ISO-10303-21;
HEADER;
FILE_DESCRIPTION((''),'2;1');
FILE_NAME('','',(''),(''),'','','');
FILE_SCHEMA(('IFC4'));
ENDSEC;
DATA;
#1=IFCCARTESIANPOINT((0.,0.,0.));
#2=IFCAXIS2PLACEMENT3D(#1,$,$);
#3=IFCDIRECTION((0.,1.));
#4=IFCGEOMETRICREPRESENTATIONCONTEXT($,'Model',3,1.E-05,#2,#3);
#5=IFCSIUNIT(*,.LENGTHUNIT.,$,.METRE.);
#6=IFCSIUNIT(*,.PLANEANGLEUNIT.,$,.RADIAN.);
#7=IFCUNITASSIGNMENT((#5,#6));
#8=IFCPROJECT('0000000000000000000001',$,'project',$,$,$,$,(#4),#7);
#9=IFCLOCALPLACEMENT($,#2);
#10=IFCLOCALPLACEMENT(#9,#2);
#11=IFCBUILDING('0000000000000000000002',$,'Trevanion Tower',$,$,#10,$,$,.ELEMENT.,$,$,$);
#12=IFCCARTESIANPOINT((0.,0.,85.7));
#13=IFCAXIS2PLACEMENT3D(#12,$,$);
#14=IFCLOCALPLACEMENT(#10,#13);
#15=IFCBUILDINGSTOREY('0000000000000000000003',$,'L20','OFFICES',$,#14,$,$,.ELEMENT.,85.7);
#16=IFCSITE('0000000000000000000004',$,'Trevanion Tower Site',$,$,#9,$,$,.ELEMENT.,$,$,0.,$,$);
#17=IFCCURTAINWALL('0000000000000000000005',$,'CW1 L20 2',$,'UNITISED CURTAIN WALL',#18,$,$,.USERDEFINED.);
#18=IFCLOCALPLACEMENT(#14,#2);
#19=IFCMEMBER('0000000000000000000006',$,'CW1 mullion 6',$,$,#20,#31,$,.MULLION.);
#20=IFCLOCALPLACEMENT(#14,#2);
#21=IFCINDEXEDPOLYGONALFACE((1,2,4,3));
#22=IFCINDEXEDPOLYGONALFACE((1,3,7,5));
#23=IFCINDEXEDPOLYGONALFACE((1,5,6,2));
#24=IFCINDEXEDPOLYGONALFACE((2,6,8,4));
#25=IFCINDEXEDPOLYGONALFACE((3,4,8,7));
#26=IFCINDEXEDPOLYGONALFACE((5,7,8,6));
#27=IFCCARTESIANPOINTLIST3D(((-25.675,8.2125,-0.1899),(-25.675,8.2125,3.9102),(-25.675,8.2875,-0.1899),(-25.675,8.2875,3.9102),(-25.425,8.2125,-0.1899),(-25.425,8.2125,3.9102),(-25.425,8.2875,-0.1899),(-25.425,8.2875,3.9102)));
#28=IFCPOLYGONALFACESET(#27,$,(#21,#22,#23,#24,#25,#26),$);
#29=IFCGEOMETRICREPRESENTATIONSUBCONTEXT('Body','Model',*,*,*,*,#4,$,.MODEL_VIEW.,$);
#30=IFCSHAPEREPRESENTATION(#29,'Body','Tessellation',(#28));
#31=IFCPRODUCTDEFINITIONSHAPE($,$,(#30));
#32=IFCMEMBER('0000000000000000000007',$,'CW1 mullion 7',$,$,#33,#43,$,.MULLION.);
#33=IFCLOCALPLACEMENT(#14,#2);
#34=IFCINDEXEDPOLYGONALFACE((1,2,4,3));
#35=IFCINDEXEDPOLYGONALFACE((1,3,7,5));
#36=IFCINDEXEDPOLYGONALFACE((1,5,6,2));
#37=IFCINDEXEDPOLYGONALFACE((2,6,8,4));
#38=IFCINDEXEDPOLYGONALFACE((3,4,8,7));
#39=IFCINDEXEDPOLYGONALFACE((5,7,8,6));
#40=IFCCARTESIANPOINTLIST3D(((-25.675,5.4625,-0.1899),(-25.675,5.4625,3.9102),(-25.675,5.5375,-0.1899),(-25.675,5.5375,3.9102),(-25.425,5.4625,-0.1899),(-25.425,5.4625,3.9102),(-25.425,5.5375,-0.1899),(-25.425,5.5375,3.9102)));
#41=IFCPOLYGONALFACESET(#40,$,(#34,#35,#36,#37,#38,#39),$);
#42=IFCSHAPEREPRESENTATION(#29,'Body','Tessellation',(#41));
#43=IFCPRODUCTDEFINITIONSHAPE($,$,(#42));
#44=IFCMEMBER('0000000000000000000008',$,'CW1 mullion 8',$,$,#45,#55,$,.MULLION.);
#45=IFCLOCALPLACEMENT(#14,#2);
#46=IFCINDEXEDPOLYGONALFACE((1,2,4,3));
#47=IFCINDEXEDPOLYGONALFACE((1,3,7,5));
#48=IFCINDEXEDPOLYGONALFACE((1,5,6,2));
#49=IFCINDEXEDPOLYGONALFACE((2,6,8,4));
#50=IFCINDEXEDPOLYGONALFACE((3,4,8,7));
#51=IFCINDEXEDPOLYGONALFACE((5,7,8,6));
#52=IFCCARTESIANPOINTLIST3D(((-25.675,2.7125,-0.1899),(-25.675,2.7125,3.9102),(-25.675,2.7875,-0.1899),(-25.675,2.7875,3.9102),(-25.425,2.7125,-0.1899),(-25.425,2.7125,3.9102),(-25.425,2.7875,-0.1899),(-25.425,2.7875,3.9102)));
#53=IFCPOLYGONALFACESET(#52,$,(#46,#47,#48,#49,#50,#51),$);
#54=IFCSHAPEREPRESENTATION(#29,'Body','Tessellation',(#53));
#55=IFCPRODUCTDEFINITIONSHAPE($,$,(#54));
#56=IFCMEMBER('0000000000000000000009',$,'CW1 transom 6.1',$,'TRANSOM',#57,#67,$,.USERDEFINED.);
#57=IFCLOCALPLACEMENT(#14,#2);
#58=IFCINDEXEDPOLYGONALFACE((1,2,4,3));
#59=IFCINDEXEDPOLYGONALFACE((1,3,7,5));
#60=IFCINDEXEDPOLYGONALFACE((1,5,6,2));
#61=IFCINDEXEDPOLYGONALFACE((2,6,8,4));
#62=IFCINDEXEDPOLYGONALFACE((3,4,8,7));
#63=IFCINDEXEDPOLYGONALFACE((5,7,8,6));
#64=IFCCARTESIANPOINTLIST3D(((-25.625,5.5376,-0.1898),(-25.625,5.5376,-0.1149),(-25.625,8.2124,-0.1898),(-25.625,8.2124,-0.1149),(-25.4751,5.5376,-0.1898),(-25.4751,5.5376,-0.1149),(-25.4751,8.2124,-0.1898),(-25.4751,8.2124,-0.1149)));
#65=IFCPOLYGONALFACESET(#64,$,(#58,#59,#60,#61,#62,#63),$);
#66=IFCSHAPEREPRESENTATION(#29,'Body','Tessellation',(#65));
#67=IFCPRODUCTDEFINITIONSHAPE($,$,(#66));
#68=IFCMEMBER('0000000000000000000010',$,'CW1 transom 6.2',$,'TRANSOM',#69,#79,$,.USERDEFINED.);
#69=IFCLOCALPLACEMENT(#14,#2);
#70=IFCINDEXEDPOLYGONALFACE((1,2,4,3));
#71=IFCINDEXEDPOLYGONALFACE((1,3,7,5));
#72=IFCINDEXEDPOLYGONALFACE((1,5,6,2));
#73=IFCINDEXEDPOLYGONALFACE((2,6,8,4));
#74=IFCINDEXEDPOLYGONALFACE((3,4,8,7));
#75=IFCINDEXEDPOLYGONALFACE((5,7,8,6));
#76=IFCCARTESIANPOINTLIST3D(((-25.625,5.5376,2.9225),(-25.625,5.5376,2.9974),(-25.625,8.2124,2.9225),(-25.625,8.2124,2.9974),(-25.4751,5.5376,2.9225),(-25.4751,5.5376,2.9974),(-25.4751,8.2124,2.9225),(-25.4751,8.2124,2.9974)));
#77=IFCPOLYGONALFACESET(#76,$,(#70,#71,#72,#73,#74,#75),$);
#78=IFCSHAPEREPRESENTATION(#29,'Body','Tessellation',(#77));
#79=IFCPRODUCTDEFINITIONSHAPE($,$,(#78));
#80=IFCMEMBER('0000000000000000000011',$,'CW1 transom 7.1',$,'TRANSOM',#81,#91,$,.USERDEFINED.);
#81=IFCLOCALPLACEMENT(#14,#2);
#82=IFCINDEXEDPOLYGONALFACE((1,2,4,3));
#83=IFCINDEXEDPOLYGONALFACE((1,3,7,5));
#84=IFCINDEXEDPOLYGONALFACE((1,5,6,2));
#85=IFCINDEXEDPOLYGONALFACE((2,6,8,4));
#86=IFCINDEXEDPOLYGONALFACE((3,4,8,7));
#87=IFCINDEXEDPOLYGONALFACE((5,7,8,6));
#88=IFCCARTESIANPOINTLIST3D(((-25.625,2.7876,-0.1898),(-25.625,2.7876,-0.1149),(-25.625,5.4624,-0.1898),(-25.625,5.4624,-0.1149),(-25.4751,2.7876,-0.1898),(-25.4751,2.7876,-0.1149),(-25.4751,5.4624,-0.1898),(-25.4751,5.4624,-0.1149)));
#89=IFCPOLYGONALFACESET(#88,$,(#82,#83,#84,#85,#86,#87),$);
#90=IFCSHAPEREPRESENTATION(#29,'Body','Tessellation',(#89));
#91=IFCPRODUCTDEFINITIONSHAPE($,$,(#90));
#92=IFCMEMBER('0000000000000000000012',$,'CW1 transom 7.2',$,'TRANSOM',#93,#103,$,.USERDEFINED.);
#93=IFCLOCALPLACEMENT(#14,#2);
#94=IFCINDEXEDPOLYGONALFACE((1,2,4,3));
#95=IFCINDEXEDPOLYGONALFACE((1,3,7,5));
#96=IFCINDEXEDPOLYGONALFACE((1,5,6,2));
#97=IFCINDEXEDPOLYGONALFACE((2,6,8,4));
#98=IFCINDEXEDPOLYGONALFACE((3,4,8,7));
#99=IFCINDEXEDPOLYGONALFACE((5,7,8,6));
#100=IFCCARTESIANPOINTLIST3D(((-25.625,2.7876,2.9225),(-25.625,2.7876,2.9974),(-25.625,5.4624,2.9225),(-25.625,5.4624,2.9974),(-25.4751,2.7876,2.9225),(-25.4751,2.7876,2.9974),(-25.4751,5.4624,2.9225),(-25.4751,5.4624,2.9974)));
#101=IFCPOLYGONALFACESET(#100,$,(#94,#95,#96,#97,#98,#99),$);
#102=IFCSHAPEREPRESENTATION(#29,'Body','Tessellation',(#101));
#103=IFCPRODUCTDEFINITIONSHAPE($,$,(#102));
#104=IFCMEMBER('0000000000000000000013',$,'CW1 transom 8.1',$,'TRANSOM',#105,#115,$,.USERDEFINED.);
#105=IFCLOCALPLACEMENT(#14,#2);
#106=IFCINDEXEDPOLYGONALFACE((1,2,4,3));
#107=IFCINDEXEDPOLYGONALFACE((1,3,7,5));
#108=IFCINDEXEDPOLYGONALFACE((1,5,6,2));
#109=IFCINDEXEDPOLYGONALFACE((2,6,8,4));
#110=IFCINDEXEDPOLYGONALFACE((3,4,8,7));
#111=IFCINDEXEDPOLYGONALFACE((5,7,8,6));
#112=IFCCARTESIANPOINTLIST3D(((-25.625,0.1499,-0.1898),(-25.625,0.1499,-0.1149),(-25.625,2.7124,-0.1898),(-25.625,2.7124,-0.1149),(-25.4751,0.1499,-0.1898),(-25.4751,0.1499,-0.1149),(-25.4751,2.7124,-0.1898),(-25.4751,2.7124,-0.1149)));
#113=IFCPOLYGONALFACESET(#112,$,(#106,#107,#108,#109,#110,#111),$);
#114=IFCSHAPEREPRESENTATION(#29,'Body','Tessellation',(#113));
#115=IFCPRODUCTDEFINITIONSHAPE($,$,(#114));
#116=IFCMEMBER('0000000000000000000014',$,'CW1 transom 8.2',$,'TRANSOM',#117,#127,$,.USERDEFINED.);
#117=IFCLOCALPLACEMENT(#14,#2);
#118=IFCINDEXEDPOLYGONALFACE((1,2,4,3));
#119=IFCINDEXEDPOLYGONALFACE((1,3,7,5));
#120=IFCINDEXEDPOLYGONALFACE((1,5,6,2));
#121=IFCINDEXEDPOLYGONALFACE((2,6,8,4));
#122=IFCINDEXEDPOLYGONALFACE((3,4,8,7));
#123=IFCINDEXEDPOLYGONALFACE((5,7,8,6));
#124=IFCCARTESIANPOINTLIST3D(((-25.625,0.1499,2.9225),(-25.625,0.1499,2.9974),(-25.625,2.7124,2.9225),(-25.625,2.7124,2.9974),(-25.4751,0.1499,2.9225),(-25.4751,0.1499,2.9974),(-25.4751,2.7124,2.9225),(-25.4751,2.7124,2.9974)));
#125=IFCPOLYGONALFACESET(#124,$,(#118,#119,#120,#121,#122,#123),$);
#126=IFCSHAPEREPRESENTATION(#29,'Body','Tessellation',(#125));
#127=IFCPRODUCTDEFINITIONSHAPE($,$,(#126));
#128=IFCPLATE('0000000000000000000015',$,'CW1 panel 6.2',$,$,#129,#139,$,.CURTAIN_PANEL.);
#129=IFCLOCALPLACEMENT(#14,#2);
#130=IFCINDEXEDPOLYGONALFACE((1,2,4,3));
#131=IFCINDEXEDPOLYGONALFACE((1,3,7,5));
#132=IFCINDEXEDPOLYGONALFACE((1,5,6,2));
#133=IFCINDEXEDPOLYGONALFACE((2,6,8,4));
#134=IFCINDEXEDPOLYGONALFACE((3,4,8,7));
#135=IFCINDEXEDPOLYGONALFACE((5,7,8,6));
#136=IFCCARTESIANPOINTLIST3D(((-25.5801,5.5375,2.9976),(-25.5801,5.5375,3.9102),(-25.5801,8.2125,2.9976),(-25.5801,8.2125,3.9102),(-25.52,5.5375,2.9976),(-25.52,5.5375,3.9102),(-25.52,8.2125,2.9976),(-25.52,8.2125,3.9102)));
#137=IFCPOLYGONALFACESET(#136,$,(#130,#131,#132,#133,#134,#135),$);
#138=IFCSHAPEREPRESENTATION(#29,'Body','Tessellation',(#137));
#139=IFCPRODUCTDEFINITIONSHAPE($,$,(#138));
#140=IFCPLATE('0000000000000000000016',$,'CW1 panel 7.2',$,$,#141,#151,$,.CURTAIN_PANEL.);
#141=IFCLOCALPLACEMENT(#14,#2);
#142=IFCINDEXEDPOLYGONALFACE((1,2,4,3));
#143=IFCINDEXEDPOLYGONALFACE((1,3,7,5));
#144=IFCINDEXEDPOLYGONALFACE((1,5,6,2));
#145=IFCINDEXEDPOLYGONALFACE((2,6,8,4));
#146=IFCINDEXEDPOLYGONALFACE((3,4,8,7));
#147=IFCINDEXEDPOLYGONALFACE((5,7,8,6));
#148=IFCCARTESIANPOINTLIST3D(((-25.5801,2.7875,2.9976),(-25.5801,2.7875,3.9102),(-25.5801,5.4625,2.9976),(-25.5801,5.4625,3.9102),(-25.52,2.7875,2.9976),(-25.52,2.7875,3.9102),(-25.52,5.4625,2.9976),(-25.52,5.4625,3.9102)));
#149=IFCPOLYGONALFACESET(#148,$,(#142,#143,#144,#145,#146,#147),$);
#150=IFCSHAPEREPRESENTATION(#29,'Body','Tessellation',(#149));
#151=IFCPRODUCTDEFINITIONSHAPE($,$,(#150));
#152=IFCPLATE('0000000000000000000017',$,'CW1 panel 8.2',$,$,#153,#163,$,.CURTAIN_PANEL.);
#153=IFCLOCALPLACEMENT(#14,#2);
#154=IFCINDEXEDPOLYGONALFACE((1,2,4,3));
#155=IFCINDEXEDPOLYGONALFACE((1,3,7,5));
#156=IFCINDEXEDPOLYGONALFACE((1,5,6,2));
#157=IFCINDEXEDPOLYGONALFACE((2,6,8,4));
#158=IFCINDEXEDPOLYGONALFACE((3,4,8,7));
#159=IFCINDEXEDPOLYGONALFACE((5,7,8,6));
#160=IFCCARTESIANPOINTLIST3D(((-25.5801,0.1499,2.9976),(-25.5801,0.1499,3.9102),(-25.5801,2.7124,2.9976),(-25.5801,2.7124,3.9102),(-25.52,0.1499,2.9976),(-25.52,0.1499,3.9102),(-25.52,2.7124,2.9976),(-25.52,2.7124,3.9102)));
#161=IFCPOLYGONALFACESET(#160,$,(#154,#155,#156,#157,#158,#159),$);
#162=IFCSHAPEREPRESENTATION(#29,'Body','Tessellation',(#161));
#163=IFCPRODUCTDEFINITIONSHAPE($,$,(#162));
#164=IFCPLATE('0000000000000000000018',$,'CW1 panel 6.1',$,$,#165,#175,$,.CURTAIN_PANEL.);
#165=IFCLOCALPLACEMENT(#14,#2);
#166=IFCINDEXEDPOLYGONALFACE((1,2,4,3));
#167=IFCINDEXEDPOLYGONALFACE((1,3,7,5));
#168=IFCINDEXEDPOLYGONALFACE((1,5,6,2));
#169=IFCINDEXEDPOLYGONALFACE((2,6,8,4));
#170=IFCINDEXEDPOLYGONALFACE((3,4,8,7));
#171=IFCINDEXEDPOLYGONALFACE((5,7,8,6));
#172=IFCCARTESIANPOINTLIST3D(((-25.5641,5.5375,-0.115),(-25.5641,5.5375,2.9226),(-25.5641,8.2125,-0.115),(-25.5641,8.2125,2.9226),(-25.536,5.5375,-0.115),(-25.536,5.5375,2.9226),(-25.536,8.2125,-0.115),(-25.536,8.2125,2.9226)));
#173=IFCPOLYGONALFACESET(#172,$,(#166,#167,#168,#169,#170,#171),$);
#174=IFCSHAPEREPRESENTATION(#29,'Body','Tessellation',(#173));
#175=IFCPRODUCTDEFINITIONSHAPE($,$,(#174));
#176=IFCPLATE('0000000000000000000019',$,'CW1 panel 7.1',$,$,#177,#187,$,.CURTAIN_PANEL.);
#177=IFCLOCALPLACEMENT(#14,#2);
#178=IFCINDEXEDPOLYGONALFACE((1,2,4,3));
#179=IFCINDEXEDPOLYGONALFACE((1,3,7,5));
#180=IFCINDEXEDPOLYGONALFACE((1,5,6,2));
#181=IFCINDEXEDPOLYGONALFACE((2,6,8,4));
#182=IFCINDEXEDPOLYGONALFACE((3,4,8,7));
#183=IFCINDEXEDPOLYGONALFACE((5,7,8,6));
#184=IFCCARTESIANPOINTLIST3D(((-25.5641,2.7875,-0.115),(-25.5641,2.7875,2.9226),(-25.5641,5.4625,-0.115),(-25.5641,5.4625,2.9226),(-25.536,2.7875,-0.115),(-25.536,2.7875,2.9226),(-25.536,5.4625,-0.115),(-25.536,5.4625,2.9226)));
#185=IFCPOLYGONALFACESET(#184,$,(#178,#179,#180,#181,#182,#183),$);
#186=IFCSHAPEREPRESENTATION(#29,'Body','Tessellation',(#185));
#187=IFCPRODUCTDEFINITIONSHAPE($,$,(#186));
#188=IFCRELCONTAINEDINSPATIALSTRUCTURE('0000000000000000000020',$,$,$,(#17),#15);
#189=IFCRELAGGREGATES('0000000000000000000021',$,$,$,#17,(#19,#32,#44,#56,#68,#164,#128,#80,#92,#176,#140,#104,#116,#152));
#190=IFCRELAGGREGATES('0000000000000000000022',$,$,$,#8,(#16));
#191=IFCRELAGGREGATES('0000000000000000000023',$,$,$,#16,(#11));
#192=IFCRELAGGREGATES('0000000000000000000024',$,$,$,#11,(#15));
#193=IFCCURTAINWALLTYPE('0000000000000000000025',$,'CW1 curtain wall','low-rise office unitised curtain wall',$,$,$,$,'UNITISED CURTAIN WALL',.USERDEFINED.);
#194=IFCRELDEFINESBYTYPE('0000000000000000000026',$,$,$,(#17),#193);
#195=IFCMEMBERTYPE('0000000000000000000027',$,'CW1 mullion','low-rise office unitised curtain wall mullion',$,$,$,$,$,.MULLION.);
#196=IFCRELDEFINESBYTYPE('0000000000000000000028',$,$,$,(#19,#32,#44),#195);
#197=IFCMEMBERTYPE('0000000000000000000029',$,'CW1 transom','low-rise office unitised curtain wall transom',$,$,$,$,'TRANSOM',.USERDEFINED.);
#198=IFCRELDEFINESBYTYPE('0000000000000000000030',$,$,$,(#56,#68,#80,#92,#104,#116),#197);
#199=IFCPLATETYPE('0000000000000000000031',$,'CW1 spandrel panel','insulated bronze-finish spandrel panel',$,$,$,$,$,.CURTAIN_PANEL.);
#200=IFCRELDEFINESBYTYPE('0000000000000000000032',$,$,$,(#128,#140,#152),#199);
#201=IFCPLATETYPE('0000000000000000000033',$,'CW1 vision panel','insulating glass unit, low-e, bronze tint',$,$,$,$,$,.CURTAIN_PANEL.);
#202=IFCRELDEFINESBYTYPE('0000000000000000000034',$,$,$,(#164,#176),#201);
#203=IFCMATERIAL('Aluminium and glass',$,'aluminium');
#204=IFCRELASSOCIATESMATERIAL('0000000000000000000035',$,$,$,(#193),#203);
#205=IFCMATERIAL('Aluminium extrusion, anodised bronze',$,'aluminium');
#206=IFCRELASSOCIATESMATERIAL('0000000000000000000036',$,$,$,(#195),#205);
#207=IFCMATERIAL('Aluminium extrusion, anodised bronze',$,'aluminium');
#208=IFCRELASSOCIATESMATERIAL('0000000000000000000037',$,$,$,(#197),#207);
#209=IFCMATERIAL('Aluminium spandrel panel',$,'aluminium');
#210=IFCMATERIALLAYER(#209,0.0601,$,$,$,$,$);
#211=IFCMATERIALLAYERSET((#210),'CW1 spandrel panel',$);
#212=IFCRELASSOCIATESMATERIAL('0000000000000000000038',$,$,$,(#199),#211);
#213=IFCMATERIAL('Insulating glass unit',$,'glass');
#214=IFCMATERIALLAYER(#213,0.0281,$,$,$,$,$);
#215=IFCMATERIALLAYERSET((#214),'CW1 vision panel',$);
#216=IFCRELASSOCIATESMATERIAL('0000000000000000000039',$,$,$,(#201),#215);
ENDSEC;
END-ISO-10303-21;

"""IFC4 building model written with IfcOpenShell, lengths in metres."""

from ifc_helpers import new_model, si_unit, direction, frame, origin, origin_2d, place, context, subcontext, project, spatial, rectangle, extrude, material, layer, layer_set, material_profile, profile_set, type_object, element, aggregate, save


model = new_model("IFC4")

# Units and contexts
model_context = context("Model", 3, precision=1e-05, world=origin(), true_north=direction((0.0, 1.0)))
body_context = subcontext(model_context, "Body", "Model", "MODEL_VIEW")
ifc_project = project(units=[si_unit("LENGTHUNIT", "METRE"), si_unit("PLANEANGLEUNIT", "RADIAN")], contexts=[model_context])

# Site, building, storey
site_placement = place(None, origin())
site = spatial("IfcSite", under=ifc_project, at=site_placement, Name="Trevanion Tower Site", CompositionType="ELEMENT", RefElevation=0.0)
building_placement = place(site_placement, origin())
building = spatial("IfcBuilding", under=site, at=building_placement, Name="Trevanion Tower", CompositionType="ELEMENT")
storey_placement = place(building_placement, frame((0.0, 0.0, 85.7)))
storey = spatial("IfcBuildingStorey", under=building, at=storey_placement, Name="L20", Description="OFFICES", CompositionType="ELEMENT", Elevation=85.7)

# Curtain wall, members, plates
ifc_material_1 = material(Name="Aluminium and glass", Category="aluminium")
curtain_wall_type = type_object("IfcCurtainWallType", Name="CW1 curtain wall", Description="low-rise office unitised curtain wall", ElementType="UNITISED CURTAIN WALL", PredefinedType="USERDEFINED", material=ifc_material_1)
curtain_wall_placement = place(storey_placement, origin())
curtain_wall = element("IfcCurtainWall", 1, at=curtain_wall_placement, inside=storey, type_object=curtain_wall_type, Name="CW1 L20 2", ObjectType="UNITISED CURTAIN WALL", PredefinedType="USERDEFINED")
ifc_material_2 = material(Name="Aluminium extrusion, anodised bronze", Category="aluminium")
ifc_material_profile_1 = material_profile(ifc_material_2, rectangle(XDim=0.075, YDim=0.25, at=origin_2d()), Name="CW1 mullion")
ifc_profile_set_1 = profile_set([ifc_material_profile_1], Name="Aluminium extrusion, anodised bronze")
member_type_1 = type_object("IfcMemberType", Name="CW1 mullion", Description="low-rise office unitised curtain wall mullion", PredefinedType="MULLION", material=ifc_profile_set_1)
member_1_placement = place(storey_placement, frame((-25.55, 8.25, -0.1899), z_axis=(0.0, 0.0, 1.0), x_axis=(0.0, -1.0, 0.0)))
member_1 = element("IfcMember", 2, at=member_1_placement, type_object=member_type_1, Name="CW1 mullion 6", PredefinedType="MULLION", context=body_context, shape_type="SweptSolid", body=[
    extrude(rectangle(XDim=0.075, YDim=0.25, at=origin_2d()), origin(), (0.0, 0.0, 1.0), 4.1001),
])
member_2_placement = place(storey_placement, frame((-25.55, 5.5, -0.1899), z_axis=(0.0, 0.0, 1.0), x_axis=(0.0, -1.0, 0.0)))
member_2 = element("IfcMember", 3, at=member_2_placement, type_object=member_type_1, Name="CW1 mullion 7", PredefinedType="MULLION", context=body_context, shape_type="SweptSolid", body=[
    extrude(rectangle(XDim=0.075, YDim=0.25, at=origin_2d()), origin(), (0.0, 0.0, 1.0), 4.1001),
])
member_3_placement = place(storey_placement, frame((-25.55, 2.75, -0.1899), z_axis=(0.0, 0.0, 1.0), x_axis=(0.0, -1.0, 0.0)))
member_3 = element("IfcMember", 4, at=member_3_placement, type_object=member_type_1, Name="CW1 mullion 8", PredefinedType="MULLION", context=body_context, shape_type="SweptSolid", body=[
    extrude(rectangle(XDim=0.075, YDim=0.25, at=origin_2d()), origin(), (0.0, 0.0, 1.0), 4.1001),
])
ifc_material_3 = material(Name="Aluminium extrusion, anodised bronze", Category="aluminium")
ifc_material_profile_2 = material_profile(ifc_material_3, rectangle(XDim=0.1499, YDim=0.075, at=origin_2d()), Name="CW1 transom")
ifc_profile_set_2 = profile_set([ifc_material_profile_2], Name="Aluminium extrusion, anodised bronze")
member_type_2 = type_object("IfcMemberType", Name="CW1 transom", Description="low-rise office unitised curtain wall transom", ElementType="TRANSOM", PredefinedType="USERDEFINED", material=ifc_profile_set_2)
member_4_placement = place(storey_placement, frame((-25.55, 8.2124, -0.1523), z_axis=(0.0, -1.0, 0.0), x_axis=(1.0, 0.0, 0.0)))
member_4 = element("IfcMember", 5, at=member_4_placement, type_object=member_type_2, Name="CW1 transom 6.1", ObjectType="TRANSOM", PredefinedType="USERDEFINED", context=body_context, shape_type="SweptSolid", body=[
    extrude(rectangle(XDim=0.1499, YDim=0.075, at=origin_2d()), origin(), (0.0, 0.0, 1.0), 2.6748),
])
member_5_placement = place(storey_placement, frame((-25.55, 8.2124, 2.96), z_axis=(0.0, -1.0, 0.0), x_axis=(1.0, 0.0, 0.0)))
member_5 = element("IfcMember", 6, at=member_5_placement, type_object=member_type_2, Name="CW1 transom 6.2", ObjectType="TRANSOM", PredefinedType="USERDEFINED", context=body_context, shape_type="SweptSolid", body=[
    extrude(rectangle(XDim=0.1499, YDim=0.075, at=origin_2d()), origin(), (0.0, 0.0, 1.0), 2.6748),
])
member_6_placement = place(storey_placement, frame((-25.55, 5.4624, -0.1523), z_axis=(0.0, -1.0, 0.0), x_axis=(1.0, 0.0, 0.0)))
member_6 = element("IfcMember", 7, at=member_6_placement, type_object=member_type_2, Name="CW1 transom 7.1", ObjectType="TRANSOM", PredefinedType="USERDEFINED", context=body_context, shape_type="SweptSolid", body=[
    extrude(rectangle(XDim=0.1499, YDim=0.075, at=origin_2d()), origin(), (0.0, 0.0, 1.0), 2.6748),
])
member_7_placement = place(storey_placement, frame((-25.55, 5.4624, 2.96), z_axis=(0.0, -1.0, 0.0), x_axis=(1.0, 0.0, 0.0)))
member_7 = element("IfcMember", 8, at=member_7_placement, type_object=member_type_2, Name="CW1 transom 7.2", ObjectType="TRANSOM", PredefinedType="USERDEFINED", context=body_context, shape_type="SweptSolid", body=[
    extrude(rectangle(XDim=0.1499, YDim=0.075, at=origin_2d()), origin(), (0.0, 0.0, 1.0), 2.6748),
])
member_8_placement = place(storey_placement, frame((-25.55, 2.7124, -0.1523), z_axis=(0.0, -1.0, 0.0), x_axis=(1.0, 0.0, 0.0)))
member_8 = element("IfcMember", 9, at=member_8_placement, type_object=member_type_2, Name="CW1 transom 8.1", ObjectType="TRANSOM", PredefinedType="USERDEFINED", context=body_context, shape_type="SweptSolid", body=[
    extrude(rectangle(XDim=0.1499, YDim=0.075, at=origin_2d()), origin(), (0.0, 0.0, 1.0), 2.5625),
])
member_9_placement = place(storey_placement, frame((-25.55, 2.7124, 2.96), z_axis=(0.0, -1.0, 0.0), x_axis=(1.0, 0.0, 0.0)))
member_9 = element("IfcMember", 10, at=member_9_placement, type_object=member_type_2, Name="CW1 transom 8.2", ObjectType="TRANSOM", PredefinedType="USERDEFINED", context=body_context, shape_type="SweptSolid", body=[
    extrude(rectangle(XDim=0.1499, YDim=0.075, at=origin_2d()), origin(), (0.0, 0.0, 1.0), 2.5625),
])
ifc_material_4 = material(Name="Aluminium spandrel panel", Category="aluminium")
ifc_layer_1 = layer(ifc_material_4, 0.0601)
ifc_layer_set_1 = layer_set([ifc_layer_1], Name="CW1 spandrel panel")
plate_type_1 = type_object("IfcPlateType", Name="CW1 spandrel panel", Description="insulated bronze-finish spandrel panel", PredefinedType="CURTAIN_PANEL", material=ifc_layer_set_1)
plate_1_placement = place(storey_placement, frame((-25.55, 6.875, 2.9976), z_axis=(0.0, 0.0, 1.0), x_axis=(0.0, -1.0, 0.0)))
plate_1 = element("IfcPlate", 11, at=plate_1_placement, type_object=plate_type_1, Name="CW1 panel 6.2", PredefinedType="CURTAIN_PANEL", context=body_context, shape_type="SweptSolid", body=[
    extrude(rectangle(XDim=2.675, YDim=0.0601, at=origin_2d()), origin(), (0.0, 0.0, 1.0), 0.9126),
])
plate_2_placement = place(storey_placement, frame((-25.55, 4.125, 2.9976), z_axis=(0.0, 0.0, 1.0), x_axis=(0.0, -1.0, 0.0)))
plate_2 = element("IfcPlate", 12, at=plate_2_placement, type_object=plate_type_1, Name="CW1 panel 7.2", PredefinedType="CURTAIN_PANEL", context=body_context, shape_type="SweptSolid", body=[
    extrude(rectangle(XDim=2.675, YDim=0.0601, at=origin_2d()), origin(), (0.0, 0.0, 1.0), 0.9126),
])
plate_3_placement = place(storey_placement, frame((-25.55, 1.4312, 2.9976), z_axis=(0.0, 0.0, 1.0), x_axis=(0.0, -1.0, 0.0)))
plate_3 = element("IfcPlate", 13, at=plate_3_placement, type_object=plate_type_1, Name="CW1 panel 8.2", PredefinedType="CURTAIN_PANEL", context=body_context, shape_type="SweptSolid", body=[
    extrude(rectangle(XDim=2.5625, YDim=0.0601, at=origin_2d()), origin(), (0.0, 0.0, 1.0), 0.9126),
])
ifc_material_5 = material(Name="Insulating glass unit", Category="glass")
ifc_layer_2 = layer(ifc_material_5, 0.0281)
ifc_layer_set_2 = layer_set([ifc_layer_2], Name="CW1 vision panel")
plate_type_2 = type_object("IfcPlateType", Name="CW1 vision panel", Description="insulating glass unit, low-e, bronze tint", PredefinedType="CURTAIN_PANEL", material=ifc_layer_set_2)
plate_4_placement = place(storey_placement, frame((-25.55, 6.875, -0.115), z_axis=(0.0, 0.0, 1.0), x_axis=(0.0, -1.0, 0.0)))
plate_4 = element("IfcPlate", 14, at=plate_4_placement, type_object=plate_type_2, Name="CW1 panel 6.1", PredefinedType="CURTAIN_PANEL", context=body_context, shape_type="SweptSolid", body=[
    extrude(rectangle(XDim=2.675, YDim=0.0281, at=origin_2d()), origin(), (0.0, 0.0, 1.0), 3.0376),
])
plate_5_placement = place(storey_placement, frame((-25.55, 4.125, -0.115), z_axis=(0.0, 0.0, 1.0), x_axis=(0.0, -1.0, 0.0)))
plate_5 = element("IfcPlate", 15, at=plate_5_placement, type_object=plate_type_2, Name="CW1 panel 7.1", PredefinedType="CURTAIN_PANEL", context=body_context, shape_type="SweptSolid", body=[
    extrude(rectangle(XDim=2.675, YDim=0.0281, at=origin_2d()), origin(), (0.0, 0.0, 1.0), 3.0376),
])
aggregate(curtain_wall, [member_1, member_2, member_3, member_4, member_5, plate_4, plate_1, member_6, member_7, plate_5, plate_2, member_8, member_9, plate_3])

save(model, "model.ifc")
